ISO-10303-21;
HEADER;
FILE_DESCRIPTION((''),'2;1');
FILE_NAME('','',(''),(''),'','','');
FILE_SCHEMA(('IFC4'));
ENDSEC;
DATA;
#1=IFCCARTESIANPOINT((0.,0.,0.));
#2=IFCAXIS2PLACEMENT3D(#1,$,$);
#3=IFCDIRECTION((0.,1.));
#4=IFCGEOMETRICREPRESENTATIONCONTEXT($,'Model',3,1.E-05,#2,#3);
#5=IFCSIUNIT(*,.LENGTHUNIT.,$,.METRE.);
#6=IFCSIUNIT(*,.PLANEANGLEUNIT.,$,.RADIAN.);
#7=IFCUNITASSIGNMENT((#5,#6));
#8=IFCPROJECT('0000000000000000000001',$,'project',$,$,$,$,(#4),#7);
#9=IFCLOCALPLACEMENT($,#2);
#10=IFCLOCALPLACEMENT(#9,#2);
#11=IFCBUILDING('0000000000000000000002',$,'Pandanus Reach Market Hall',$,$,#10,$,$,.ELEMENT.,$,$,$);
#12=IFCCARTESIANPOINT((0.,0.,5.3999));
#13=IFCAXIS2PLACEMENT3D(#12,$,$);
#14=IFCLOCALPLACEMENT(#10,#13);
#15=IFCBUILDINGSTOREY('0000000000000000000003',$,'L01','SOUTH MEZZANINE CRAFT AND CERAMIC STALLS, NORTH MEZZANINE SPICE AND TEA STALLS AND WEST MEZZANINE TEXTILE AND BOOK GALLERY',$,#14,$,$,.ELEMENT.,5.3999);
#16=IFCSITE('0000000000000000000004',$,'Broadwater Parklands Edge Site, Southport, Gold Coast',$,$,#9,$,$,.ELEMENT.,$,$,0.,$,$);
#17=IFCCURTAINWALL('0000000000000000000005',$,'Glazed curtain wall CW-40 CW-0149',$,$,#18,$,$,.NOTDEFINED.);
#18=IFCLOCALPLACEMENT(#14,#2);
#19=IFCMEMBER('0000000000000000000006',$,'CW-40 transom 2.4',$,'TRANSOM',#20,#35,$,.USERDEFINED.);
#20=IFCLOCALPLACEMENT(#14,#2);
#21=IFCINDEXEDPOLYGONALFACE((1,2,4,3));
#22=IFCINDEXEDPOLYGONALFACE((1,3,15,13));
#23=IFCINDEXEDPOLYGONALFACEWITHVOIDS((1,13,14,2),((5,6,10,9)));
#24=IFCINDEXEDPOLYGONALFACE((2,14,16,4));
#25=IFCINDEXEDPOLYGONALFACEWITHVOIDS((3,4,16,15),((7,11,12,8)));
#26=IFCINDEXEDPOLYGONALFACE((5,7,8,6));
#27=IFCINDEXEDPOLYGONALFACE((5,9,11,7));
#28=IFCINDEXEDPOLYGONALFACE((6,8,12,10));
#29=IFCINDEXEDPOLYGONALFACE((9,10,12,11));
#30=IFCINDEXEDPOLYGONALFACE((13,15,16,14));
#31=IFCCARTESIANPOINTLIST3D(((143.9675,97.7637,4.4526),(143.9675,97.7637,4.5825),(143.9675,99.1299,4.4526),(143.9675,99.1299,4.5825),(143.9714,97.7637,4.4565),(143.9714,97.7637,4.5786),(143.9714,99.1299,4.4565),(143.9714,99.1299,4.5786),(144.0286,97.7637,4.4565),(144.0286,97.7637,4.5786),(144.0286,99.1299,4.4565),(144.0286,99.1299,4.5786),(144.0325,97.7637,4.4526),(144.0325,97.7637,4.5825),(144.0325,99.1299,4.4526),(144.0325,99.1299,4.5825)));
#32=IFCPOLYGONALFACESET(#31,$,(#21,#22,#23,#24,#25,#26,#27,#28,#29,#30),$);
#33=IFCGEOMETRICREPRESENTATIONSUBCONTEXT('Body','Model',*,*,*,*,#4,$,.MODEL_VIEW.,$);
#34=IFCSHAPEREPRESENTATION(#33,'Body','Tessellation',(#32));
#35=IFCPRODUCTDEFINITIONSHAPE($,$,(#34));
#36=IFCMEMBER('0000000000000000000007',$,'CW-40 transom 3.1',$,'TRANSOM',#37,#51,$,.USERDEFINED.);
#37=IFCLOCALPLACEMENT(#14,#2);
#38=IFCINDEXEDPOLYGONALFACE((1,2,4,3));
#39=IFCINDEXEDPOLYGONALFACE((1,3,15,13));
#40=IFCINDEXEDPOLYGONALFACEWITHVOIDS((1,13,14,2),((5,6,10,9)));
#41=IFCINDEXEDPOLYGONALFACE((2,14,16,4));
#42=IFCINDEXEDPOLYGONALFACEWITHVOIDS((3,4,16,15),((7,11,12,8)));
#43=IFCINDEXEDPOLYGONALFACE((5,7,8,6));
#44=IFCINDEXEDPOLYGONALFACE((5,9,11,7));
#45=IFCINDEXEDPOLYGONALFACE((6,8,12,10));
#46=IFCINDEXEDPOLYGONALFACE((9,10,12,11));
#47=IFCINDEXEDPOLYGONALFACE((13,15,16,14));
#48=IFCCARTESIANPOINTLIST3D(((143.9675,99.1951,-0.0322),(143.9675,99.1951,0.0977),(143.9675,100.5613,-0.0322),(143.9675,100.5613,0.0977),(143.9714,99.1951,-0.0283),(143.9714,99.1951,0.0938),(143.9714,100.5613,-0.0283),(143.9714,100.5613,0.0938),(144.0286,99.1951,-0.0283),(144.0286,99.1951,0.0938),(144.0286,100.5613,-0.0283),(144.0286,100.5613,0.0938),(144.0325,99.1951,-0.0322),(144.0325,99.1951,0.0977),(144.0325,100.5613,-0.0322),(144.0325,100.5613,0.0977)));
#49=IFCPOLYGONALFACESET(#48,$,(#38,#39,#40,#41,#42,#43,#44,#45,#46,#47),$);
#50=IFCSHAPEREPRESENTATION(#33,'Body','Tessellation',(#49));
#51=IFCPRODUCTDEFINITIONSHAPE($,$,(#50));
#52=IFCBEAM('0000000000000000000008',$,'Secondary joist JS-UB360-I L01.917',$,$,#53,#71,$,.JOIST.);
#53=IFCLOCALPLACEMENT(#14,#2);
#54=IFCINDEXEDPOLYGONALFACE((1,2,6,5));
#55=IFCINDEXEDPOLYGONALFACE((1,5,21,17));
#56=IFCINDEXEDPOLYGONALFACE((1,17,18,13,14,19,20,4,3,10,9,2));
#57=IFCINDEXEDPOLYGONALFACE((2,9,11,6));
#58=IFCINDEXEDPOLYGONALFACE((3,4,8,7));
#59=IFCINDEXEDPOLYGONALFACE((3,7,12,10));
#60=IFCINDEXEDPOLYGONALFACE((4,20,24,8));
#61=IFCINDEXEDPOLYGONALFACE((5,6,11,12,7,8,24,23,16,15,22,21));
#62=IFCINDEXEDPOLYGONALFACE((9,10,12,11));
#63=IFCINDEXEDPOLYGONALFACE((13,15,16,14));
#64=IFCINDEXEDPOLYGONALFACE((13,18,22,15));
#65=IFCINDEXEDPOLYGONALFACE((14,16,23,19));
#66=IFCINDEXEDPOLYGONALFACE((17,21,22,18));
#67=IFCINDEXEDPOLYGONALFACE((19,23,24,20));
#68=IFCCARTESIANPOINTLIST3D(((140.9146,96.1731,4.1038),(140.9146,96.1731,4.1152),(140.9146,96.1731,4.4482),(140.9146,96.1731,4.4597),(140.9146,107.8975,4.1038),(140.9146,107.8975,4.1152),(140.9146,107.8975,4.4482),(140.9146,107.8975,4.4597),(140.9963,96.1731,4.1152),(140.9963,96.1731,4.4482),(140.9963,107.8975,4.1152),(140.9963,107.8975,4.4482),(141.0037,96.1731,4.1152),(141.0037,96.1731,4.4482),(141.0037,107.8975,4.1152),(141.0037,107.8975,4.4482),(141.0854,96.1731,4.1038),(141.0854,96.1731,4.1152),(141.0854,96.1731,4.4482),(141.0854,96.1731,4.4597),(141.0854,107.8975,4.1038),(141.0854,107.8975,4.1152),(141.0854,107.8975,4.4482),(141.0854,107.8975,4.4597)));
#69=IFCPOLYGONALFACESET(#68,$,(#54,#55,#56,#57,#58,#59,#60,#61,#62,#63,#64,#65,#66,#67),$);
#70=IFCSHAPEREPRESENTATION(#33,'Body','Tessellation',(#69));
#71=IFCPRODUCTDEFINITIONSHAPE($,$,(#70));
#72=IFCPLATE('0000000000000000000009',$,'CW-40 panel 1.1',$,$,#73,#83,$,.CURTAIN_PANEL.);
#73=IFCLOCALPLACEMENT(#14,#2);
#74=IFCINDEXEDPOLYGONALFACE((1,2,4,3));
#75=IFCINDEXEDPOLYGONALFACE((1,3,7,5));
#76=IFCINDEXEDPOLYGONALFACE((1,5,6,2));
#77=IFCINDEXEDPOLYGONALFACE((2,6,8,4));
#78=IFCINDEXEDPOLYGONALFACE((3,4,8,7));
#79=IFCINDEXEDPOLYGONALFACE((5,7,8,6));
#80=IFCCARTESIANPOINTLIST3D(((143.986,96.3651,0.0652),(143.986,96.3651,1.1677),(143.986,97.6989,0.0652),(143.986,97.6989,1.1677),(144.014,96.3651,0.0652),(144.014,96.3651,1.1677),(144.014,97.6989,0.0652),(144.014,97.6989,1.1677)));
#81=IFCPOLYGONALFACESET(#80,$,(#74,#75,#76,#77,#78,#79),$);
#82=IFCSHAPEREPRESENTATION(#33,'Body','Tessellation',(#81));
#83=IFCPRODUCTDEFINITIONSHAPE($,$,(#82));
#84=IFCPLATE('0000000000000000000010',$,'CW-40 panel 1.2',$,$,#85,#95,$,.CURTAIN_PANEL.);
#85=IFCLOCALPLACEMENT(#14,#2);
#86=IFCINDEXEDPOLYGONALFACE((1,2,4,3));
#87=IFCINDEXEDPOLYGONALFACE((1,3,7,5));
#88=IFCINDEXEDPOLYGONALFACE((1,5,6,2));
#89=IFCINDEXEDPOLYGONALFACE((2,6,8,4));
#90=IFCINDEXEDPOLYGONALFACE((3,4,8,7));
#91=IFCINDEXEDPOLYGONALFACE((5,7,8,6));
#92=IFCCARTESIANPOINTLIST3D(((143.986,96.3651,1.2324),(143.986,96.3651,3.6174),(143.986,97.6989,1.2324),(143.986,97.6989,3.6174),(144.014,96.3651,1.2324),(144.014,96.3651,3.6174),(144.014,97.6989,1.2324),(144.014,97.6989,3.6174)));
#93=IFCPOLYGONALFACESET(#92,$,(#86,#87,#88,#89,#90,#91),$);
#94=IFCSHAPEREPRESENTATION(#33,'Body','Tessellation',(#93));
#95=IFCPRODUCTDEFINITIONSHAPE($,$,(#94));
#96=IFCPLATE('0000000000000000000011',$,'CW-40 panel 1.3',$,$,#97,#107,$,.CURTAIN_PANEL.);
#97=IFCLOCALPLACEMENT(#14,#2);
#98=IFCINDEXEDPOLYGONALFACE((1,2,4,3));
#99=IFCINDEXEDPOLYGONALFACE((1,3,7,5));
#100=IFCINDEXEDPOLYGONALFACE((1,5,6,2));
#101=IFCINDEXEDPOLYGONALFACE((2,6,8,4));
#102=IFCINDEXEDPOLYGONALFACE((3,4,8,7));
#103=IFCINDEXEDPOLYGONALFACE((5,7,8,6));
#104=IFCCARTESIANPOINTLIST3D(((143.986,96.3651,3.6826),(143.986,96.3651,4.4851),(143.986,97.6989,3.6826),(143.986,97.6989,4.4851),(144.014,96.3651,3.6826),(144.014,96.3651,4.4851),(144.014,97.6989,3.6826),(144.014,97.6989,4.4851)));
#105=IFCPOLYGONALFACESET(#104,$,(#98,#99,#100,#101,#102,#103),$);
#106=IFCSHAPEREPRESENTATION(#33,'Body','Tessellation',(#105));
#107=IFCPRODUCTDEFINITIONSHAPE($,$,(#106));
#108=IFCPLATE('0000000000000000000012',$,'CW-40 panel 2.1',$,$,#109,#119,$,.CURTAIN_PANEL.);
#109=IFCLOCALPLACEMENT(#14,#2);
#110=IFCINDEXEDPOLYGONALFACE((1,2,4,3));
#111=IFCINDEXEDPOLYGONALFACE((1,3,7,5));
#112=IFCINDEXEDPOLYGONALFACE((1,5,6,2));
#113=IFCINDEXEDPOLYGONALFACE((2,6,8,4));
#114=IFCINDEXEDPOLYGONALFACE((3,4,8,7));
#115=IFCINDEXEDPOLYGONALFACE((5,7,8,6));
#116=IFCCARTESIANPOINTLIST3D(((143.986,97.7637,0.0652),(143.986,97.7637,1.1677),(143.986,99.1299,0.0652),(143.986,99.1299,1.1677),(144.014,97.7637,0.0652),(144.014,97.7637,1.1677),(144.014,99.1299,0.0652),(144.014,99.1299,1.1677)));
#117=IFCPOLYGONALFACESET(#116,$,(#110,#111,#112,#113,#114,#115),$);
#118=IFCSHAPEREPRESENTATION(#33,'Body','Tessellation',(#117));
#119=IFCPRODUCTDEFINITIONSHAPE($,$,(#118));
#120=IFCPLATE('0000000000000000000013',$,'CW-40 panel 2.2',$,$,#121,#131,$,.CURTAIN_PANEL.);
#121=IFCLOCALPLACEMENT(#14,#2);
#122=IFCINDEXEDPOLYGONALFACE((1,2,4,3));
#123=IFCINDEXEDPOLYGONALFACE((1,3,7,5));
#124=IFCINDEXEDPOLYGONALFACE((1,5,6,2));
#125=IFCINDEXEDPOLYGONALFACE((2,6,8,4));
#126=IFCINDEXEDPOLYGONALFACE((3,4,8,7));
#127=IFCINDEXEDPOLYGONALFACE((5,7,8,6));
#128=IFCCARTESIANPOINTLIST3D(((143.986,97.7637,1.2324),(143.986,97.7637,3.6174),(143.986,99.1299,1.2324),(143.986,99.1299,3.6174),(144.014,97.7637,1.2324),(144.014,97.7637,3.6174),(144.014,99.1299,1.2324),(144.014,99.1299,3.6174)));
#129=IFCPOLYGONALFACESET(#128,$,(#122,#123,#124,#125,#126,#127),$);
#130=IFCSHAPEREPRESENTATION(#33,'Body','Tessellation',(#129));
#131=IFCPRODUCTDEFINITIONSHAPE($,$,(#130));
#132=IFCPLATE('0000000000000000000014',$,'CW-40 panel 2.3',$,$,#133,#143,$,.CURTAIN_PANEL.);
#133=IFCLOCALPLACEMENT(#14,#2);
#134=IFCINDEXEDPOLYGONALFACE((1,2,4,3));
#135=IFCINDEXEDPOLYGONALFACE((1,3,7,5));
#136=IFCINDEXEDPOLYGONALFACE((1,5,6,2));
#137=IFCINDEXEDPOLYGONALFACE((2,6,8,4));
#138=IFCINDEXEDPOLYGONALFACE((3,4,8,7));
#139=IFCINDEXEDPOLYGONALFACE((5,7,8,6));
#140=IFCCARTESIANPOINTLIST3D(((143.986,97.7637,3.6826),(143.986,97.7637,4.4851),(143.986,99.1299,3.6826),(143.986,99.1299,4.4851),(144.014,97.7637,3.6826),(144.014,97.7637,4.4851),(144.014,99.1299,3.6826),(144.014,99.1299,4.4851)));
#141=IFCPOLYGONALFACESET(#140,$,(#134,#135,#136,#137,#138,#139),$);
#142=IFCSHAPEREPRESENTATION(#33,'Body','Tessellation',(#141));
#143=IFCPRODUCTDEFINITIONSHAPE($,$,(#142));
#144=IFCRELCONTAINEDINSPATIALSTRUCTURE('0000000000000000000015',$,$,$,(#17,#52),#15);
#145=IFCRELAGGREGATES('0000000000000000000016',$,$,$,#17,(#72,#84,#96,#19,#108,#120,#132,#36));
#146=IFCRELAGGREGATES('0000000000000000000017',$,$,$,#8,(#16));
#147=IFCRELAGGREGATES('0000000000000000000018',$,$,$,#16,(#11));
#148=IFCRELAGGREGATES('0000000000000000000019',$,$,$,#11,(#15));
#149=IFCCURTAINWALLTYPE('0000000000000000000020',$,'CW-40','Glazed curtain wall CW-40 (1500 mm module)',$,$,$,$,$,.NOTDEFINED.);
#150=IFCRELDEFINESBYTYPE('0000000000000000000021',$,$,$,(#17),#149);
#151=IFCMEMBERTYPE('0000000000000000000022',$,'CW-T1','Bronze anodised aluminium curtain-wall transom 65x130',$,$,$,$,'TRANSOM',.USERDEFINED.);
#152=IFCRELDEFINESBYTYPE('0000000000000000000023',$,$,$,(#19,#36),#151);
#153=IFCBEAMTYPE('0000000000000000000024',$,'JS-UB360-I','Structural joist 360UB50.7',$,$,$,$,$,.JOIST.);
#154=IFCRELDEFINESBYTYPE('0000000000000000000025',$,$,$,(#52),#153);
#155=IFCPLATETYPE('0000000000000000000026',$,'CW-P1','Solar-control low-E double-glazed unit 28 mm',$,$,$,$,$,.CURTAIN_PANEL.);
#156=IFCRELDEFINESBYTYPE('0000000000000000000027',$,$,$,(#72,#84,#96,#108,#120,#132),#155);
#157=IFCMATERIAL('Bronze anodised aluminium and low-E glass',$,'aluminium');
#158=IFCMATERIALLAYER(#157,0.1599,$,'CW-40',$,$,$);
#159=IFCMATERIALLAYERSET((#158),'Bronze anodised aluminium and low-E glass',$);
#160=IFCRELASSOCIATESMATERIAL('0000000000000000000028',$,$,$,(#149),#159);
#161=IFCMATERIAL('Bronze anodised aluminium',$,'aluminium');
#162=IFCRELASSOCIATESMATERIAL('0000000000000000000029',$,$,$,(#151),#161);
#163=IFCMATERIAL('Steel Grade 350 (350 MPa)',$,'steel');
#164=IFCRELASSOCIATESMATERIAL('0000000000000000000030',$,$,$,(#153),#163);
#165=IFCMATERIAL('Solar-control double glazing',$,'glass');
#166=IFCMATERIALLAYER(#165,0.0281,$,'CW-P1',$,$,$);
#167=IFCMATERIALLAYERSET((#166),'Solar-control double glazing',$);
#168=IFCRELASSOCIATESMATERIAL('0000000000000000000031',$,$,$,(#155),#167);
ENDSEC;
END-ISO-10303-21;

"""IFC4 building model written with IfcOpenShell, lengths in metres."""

from ifc_helpers import new_model, si_unit, direction, frame, origin, origin_2d, place, context, subcontext, project, spatial, rectangle, hollow_rectangle, i_section, extrude, material, layer, layer_set, material_profile, profile_set, type_object, element, aggregate, save


model = new_model("IFC4")

# Units and contexts
model_context = context("Model", 3, precision=1e-05, world=origin(), true_north=direction((0.0, 1.0)))
body_context = subcontext(model_context, "Body", "Model", "MODEL_VIEW")
ifc_project = project(units=[si_unit("LENGTHUNIT", "METRE"), si_unit("PLANEANGLEUNIT", "RADIAN")], contexts=[model_context])

# Site, building, storey
site_placement = place(None, origin())
site = spatial("IfcSite", under=ifc_project, at=site_placement, Name="Broadwater Parklands Edge Site, Southport, Gold Coast", CompositionType="ELEMENT", RefElevation=0.0)
building_placement = place(site_placement, origin())
building = spatial("IfcBuilding", under=site, at=building_placement, Name="Pandanus Reach Market Hall", CompositionType="ELEMENT")
storey_placement = place(building_placement, frame((0.0, 0.0, 5.3999)))
storey = spatial("IfcBuildingStorey", under=building, at=storey_placement, Name="L01", Description="SOUTH MEZZANINE CRAFT AND CERAMIC STALLS, NORTH MEZZANINE SPICE AND TEA STALLS AND WEST MEZZANINE TEXTILE AND BOOK GALLERY", CompositionType="ELEMENT", Elevation=5.3999)

# Curtain wall, members
ifc_material_1 = material(Name="Bronze anodised aluminium and low-E glass", Category="aluminium")
ifc_layer_1 = layer(ifc_material_1, 0.1599, Name="CW-40")
ifc_layer_set_1 = layer_set([ifc_layer_1], Name="Bronze anodised aluminium and low-E glass")
curtain_wall_type = type_object("IfcCurtainWallType", Name="CW-40", Description="Glazed curtain wall CW-40 (1500 mm module)", PredefinedType="NOTDEFINED", material=ifc_layer_set_1)
curtain_wall_placement = place(storey_placement, origin())
curtain_wall = element("IfcCurtainWall", 1, at=curtain_wall_placement, inside=storey, type_object=curtain_wall_type, Name="Glazed curtain wall CW-40 CW-0149", PredefinedType="NOTDEFINED")
ifc_material_2 = material(Name="Bronze anodised aluminium", Category="aluminium")
ifc_material_profile_1 = material_profile(ifc_material_2, hollow_rectangle(XDim=0.0649, YDim=0.1299, WallThickness=0.0039, at=origin_2d()), Name="ALU65x130", Category="LoadBearing")
ifc_profile_set_1 = profile_set([ifc_material_profile_1], Name="Bronze anodised aluminium")
member_type_1 = type_object("IfcMemberType", Name="CW-T1", Description="Bronze anodised aluminium curtain-wall transom 65x130", ElementType="TRANSOM", PredefinedType="USERDEFINED", material=ifc_profile_set_1)
member_1_placement = place(storey_placement, frame((144.0, 97.7637, 4.5176), z_axis=(0.0, 1.0, 0.0), x_axis=(-1.0, 0.0, 0.0)))
member_1 = element("IfcMember", 2, at=member_1_placement, type_object=member_type_1, Name="CW-40 transom 2.4", ObjectType="TRANSOM", PredefinedType="USERDEFINED", context=body_context, shape_type="SweptSolid", body=[
    extrude(hollow_rectangle(XDim=0.0649, YDim=0.1299, WallThickness=0.0039, at=origin_2d()), origin(), (0.0, 0.0, 1.0), 1.3662),
])
member_2_placement = place(storey_placement, frame((144.0, 99.1951, 0.0327), z_axis=(0.0, 1.0, 0.0), x_axis=(-1.0, 0.0, 0.0)))
member_2 = element("IfcMember", 3, at=member_2_placement, type_object=member_type_1, Name="CW-40 transom 3.1", ObjectType="TRANSOM", PredefinedType="USERDEFINED", context=body_context, shape_type="SweptSolid", body=[
    extrude(hollow_rectangle(XDim=0.0649, YDim=0.1299, WallThickness=0.0039, at=origin_2d()), origin(), (0.0, 0.0, 1.0), 1.3662),
])

# Beam
ifc_material_3 = material(Name="Steel Grade 350 (350 MPa)", Category="steel")
ifc_material_profile_2 = material_profile(ifc_material_3, i_section(OverallWidth=0.1709, OverallDepth=0.356, WebThickness=0.0073, FlangeThickness=0.0115, at=origin_2d()), Name="360UB50.7", Category="LoadBearing")
ifc_profile_set_2 = profile_set([ifc_material_profile_2], Name="Steel Grade 350 (350 MPa)")
beam_type_1 = type_object("IfcBeamType", Name="JS-UB360-I", Description="Structural joist 360UB50.7", PredefinedType="JOIST", material=ifc_profile_set_2)
beam_1_placement = place(storey_placement, frame((141.0, 96.1731, 4.2817), z_axis=(0.0, 1.0, 0.0), x_axis=(-1.0, 0.0, 0.0)))
element("IfcBeam", 4, at=beam_1_placement, inside=storey, type_object=beam_type_1, Name="Secondary joist JS-UB360-I L01.917", PredefinedType="JOIST", context=body_context, shape_type="SweptSolid", body=[
    extrude(i_section(OverallWidth=0.1709, OverallDepth=0.356, WebThickness=0.0073, FlangeThickness=0.0115, at=origin_2d()), origin(), (0.0, 0.0, 1.0), 11.7244),
])

# Plates
ifc_material_4 = material(Name="Solar-control double glazing", Category="glass")
ifc_layer_2 = layer(ifc_material_4, 0.0281, Name="CW-P1")
ifc_layer_set_2 = layer_set([ifc_layer_2], Name="Solar-control double glazing")
plate_type = type_object("IfcPlateType", Name="CW-P1", Description="Solar-control low-E double-glazed unit 28 mm", PredefinedType="CURTAIN_PANEL", material=ifc_layer_set_2)
plate_1_placement = place(storey_placement, frame((144.0, 97.032, 0.0652), z_axis=(0.0, 0.0, 1.0), x_axis=(0.0, 1.0, 0.0)))
plate_1 = element("IfcPlate", 5, at=plate_1_placement, type_object=plate_type, Name="CW-40 panel 1.1", PredefinedType="CURTAIN_PANEL", context=body_context, shape_type="SweptSolid", body=[
    extrude(rectangle(XDim=1.3337, YDim=0.0281, at=origin_2d()), origin(), (0.0, 0.0, 1.0), 1.1025),
])
plate_2_placement = place(storey_placement, frame((144.0, 97.032, 1.2324), z_axis=(0.0, 0.0, 1.0), x_axis=(0.0, 1.0, 0.0)))
plate_2 = element("IfcPlate", 6, at=plate_2_placement, type_object=plate_type, Name="CW-40 panel 1.2", PredefinedType="CURTAIN_PANEL", context=body_context, shape_type="SweptSolid", body=[
    extrude(rectangle(XDim=1.3337, YDim=0.0281, at=origin_2d()), origin(), (0.0, 0.0, 1.0), 2.385),
])
plate_3_placement = place(storey_placement, frame((144.0, 97.032, 3.6826), z_axis=(0.0, 0.0, 1.0), x_axis=(0.0, 1.0, 0.0)))
plate_3 = element("IfcPlate", 7, at=plate_3_placement, type_object=plate_type, Name="CW-40 panel 1.3", PredefinedType="CURTAIN_PANEL", context=body_context, shape_type="SweptSolid", body=[
    extrude(rectangle(XDim=1.3337, YDim=0.0281, at=origin_2d()), origin(), (0.0, 0.0, 1.0), 0.8025),
])
plate_4_placement = place(storey_placement, frame((144.0, 98.4468, 0.0652), z_axis=(0.0, 0.0, 1.0), x_axis=(0.0, 1.0, 0.0)))
plate_4 = element("IfcPlate", 8, at=plate_4_placement, type_object=plate_type, Name="CW-40 panel 2.1", PredefinedType="CURTAIN_PANEL", context=body_context, shape_type="SweptSolid", body=[
    extrude(rectangle(XDim=1.3662, YDim=0.0281, at=origin_2d()), origin(), (0.0, 0.0, 1.0), 1.1025),
])
plate_5_placement = place(storey_placement, frame((144.0, 98.4468, 1.2324), z_axis=(0.0, 0.0, 1.0), x_axis=(0.0, 1.0, 0.0)))
plate_5 = element("IfcPlate", 9, at=plate_5_placement, type_object=plate_type, Name="CW-40 panel 2.2", PredefinedType="CURTAIN_PANEL", context=body_context, shape_type="SweptSolid", body=[
    extrude(rectangle(XDim=1.3662, YDim=0.0281, at=origin_2d()), origin(), (0.0, 0.0, 1.0), 2.385),
])
plate_6_placement = place(storey_placement, frame((144.0, 98.4468, 3.6826), z_axis=(0.0, 0.0, 1.0), x_axis=(0.0, 1.0, 0.0)))
plate_6 = element("IfcPlate", 10, at=plate_6_placement, type_object=plate_type, Name="CW-40 panel 2.3", PredefinedType="CURTAIN_PANEL", context=body_context, shape_type="SweptSolid", body=[
    extrude(rectangle(XDim=1.3662, YDim=0.0281, at=origin_2d()), origin(), (0.0, 0.0, 1.0), 0.8025),
])
aggregate(curtain_wall, [plate_1, plate_2, plate_3, member_1, plate_4, plate_5, plate_6, member_2])

save(model, "model.ifc")
